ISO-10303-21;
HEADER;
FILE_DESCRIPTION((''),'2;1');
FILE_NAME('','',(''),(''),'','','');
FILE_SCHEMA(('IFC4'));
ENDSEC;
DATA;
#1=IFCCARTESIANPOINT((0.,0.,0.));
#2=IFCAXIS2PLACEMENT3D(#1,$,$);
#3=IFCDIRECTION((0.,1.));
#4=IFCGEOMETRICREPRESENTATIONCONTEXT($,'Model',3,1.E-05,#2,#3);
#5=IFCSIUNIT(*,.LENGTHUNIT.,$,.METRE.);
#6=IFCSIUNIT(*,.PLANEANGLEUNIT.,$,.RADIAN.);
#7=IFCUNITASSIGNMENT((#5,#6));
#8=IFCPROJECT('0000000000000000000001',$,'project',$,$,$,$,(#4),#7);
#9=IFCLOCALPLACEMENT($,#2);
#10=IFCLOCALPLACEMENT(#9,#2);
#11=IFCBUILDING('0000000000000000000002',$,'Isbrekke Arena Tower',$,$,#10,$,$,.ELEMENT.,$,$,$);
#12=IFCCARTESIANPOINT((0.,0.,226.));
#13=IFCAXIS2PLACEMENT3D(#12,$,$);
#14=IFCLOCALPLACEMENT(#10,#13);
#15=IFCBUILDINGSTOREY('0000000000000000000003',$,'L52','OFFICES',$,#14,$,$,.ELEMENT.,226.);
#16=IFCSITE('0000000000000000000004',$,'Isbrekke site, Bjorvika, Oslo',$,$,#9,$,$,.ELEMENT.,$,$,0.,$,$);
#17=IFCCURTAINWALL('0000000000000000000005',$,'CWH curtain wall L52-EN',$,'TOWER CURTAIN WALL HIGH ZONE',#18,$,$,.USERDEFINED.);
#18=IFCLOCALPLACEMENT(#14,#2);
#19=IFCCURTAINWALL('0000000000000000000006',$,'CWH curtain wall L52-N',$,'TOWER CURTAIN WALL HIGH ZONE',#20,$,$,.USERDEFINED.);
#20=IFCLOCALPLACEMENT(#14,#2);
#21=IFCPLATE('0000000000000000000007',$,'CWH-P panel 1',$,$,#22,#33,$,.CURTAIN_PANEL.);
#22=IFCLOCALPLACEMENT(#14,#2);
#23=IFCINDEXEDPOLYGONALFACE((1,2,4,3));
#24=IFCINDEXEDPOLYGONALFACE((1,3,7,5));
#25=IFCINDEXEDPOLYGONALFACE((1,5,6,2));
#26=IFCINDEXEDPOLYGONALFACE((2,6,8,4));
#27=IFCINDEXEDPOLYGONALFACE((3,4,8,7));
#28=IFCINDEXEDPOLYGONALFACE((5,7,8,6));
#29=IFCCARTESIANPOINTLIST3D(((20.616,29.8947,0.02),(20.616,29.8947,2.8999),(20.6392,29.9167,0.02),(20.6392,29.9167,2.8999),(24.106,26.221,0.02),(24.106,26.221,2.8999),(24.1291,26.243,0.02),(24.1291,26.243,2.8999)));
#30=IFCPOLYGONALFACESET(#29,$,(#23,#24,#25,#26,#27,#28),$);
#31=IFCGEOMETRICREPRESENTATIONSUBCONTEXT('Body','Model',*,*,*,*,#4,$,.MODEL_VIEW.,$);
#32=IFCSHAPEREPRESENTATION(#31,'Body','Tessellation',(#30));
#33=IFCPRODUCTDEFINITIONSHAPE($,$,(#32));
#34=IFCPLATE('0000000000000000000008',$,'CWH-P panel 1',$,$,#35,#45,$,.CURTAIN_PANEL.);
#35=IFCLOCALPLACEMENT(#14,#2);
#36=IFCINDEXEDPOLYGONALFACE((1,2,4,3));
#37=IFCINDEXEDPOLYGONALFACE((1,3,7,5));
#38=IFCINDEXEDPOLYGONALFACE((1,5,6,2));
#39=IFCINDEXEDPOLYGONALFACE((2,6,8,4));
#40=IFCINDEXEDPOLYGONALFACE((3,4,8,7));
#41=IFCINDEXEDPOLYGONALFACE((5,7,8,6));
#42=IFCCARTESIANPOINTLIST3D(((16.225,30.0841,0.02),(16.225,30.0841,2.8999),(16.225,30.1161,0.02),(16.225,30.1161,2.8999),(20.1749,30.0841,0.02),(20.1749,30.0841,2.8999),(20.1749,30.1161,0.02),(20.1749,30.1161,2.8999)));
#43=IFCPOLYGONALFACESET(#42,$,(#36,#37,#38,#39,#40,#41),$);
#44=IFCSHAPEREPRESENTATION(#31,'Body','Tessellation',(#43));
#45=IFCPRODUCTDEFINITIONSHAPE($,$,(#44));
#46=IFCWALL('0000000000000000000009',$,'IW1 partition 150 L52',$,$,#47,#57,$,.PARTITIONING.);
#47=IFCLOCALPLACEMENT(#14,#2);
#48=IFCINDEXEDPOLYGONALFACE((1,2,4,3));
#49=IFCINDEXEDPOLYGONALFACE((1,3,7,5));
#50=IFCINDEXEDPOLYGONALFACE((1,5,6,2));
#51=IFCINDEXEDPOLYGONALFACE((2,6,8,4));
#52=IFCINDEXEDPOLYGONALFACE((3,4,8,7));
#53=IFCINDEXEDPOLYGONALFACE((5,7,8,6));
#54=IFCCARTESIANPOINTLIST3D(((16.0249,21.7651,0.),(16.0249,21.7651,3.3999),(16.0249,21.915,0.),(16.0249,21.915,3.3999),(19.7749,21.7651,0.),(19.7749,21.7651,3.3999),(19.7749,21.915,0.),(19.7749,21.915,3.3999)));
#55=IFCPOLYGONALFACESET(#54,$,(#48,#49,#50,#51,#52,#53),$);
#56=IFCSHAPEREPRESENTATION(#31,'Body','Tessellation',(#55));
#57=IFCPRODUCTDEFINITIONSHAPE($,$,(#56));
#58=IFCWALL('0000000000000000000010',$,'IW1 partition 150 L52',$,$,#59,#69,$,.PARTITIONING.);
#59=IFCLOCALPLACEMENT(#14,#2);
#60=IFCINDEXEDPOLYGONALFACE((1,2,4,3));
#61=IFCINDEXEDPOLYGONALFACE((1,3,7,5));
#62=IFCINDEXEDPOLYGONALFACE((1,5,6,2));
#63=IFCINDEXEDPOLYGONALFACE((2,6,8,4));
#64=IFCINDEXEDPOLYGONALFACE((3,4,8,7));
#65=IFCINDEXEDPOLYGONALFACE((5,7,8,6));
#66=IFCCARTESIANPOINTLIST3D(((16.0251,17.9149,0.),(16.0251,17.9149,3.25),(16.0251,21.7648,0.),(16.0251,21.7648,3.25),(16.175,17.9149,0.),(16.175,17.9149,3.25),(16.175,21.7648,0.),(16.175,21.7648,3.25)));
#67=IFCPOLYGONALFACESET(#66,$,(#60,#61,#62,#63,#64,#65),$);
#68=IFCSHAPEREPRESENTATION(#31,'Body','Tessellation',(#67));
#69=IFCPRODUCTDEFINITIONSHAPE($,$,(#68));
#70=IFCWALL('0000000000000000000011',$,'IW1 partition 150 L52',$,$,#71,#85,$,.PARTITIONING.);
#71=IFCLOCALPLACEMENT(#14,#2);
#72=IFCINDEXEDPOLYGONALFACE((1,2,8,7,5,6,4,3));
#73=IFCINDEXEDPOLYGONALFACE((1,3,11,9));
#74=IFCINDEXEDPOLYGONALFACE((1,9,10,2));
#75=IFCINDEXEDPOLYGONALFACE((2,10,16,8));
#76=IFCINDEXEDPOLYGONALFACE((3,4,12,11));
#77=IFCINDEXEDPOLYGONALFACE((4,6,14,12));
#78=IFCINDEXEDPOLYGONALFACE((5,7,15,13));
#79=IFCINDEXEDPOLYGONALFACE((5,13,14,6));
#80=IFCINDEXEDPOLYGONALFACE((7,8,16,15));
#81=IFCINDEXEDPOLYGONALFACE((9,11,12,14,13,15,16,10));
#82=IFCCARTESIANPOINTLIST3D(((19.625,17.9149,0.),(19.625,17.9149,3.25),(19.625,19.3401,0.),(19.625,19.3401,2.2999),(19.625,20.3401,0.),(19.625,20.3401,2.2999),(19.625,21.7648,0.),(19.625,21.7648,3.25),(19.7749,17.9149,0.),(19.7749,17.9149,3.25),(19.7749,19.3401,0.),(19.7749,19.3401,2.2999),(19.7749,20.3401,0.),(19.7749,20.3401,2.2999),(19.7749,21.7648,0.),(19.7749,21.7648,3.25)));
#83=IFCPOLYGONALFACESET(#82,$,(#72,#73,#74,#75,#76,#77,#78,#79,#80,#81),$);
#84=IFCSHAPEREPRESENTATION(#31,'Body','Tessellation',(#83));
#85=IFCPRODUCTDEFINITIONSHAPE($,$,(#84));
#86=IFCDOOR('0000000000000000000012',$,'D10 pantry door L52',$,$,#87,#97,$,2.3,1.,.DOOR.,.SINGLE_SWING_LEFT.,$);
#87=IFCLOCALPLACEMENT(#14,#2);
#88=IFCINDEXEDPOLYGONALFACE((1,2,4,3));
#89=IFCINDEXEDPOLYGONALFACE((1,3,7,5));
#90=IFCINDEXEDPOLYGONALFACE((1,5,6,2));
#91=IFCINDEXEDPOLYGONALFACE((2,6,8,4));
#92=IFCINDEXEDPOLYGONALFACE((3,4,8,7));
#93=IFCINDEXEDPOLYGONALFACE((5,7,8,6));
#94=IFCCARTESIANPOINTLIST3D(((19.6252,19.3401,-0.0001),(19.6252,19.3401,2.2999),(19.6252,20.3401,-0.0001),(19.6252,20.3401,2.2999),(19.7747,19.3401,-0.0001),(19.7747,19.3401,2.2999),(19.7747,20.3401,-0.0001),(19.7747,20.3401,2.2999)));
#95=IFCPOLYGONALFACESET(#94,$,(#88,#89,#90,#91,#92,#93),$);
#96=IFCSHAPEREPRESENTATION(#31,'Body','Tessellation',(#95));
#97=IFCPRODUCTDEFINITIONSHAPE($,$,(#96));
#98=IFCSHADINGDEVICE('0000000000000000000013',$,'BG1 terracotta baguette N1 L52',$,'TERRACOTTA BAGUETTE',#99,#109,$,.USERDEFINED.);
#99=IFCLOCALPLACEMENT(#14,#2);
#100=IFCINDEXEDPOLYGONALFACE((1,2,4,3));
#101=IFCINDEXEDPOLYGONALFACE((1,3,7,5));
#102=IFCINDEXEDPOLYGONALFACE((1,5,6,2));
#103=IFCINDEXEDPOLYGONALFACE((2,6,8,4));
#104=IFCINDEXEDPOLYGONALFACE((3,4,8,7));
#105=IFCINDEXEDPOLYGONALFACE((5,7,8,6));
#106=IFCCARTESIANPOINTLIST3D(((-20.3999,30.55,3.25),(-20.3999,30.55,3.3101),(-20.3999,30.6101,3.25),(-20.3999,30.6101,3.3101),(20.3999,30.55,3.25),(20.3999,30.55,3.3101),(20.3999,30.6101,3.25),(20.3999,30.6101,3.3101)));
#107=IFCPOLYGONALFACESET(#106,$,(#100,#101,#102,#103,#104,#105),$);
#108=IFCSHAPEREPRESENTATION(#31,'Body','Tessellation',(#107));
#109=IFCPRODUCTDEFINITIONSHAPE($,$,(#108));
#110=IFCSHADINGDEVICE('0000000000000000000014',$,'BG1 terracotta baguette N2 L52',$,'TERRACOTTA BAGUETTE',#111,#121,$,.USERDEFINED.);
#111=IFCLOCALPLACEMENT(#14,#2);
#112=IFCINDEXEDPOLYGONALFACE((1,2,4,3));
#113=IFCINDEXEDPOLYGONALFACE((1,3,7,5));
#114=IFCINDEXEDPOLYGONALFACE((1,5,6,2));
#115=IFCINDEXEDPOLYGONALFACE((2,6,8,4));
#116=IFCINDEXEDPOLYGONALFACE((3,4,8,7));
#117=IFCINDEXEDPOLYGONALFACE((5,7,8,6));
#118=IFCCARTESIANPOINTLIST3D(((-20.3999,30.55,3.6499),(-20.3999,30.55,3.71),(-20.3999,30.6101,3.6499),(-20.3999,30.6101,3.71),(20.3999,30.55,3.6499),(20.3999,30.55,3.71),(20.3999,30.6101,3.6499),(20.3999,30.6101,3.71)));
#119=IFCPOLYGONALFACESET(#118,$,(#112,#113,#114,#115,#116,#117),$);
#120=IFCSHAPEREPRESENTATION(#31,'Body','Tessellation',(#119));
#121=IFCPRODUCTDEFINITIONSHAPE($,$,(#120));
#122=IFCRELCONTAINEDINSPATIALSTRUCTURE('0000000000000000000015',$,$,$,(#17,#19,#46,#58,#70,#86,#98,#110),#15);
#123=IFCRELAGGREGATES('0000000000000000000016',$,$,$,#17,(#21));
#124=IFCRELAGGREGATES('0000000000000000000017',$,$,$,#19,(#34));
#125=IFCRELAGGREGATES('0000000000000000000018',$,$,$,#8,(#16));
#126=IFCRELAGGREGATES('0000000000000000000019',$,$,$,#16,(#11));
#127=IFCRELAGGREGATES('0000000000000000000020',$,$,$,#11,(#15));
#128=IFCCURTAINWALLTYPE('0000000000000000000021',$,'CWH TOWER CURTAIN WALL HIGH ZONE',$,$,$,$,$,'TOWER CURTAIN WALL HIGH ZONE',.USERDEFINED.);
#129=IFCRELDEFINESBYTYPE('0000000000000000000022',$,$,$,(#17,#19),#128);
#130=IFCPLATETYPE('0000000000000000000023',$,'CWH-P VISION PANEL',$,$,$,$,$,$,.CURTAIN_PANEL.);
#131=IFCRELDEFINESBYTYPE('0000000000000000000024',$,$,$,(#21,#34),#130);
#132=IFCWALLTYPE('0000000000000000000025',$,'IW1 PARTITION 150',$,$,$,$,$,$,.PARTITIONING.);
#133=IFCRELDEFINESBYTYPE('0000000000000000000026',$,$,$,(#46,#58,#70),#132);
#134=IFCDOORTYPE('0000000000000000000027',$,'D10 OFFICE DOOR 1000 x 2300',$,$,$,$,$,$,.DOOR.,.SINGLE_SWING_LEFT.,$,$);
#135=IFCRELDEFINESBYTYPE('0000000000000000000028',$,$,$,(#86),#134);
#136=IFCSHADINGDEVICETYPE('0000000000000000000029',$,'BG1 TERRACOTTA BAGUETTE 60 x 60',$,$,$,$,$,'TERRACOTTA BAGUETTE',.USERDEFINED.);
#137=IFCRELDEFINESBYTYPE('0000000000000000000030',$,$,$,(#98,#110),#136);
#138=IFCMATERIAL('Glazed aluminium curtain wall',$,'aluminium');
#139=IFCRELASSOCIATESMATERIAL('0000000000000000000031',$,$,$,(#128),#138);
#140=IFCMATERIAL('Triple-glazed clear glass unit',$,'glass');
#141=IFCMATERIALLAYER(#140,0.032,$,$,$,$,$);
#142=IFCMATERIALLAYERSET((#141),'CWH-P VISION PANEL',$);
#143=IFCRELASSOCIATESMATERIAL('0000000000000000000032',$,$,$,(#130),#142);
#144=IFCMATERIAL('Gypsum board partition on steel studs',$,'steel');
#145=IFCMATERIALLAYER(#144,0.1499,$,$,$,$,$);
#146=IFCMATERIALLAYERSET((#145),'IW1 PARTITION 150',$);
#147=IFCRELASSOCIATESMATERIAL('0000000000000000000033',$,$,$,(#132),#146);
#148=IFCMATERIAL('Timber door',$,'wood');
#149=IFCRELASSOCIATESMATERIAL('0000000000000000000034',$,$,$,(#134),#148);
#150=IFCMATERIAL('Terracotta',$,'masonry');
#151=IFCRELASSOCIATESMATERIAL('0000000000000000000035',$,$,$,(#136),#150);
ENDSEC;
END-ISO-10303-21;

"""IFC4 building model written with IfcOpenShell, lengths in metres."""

from ifc_helpers import new_model, si_unit, direction, frame, frame_2d, origin, origin_2d, place, context, subcontext, project, spatial, rectangle, extrude, material, layer, layer_set, material_profile, profile_set, type_object, element, fill, aggregate, save


model = new_model("IFC4")

# Units and contexts
model_context = context("Model", 3, precision=1e-05, world=origin(), true_north=direction((0.0, 1.0)))
body_context = subcontext(model_context, "Body", "Model", "MODEL_VIEW")
ifc_project = project(units=[si_unit("LENGTHUNIT", "METRE"), si_unit("PLANEANGLEUNIT", "RADIAN")], contexts=[model_context])

# Site, building, storey
site_placement = place(None, origin())
site = spatial("IfcSite", under=ifc_project, at=site_placement, Name="Isbrekke site, Bjorvika, Oslo", CompositionType="ELEMENT", RefElevation=0.0)
building_placement = place(site_placement, origin())
building = spatial("IfcBuilding", under=site, at=building_placement, Name="Isbrekke Arena Tower", CompositionType="ELEMENT")
storey_placement = place(building_placement, frame((0.0, 0.0, 226.0)))
storey = spatial("IfcBuildingStorey", under=building, at=storey_placement, Name="L52", Description="OFFICES", CompositionType="ELEMENT", Elevation=226.0)

# Shared definitions
ifc_material_1 = material(Name="Glazed aluminium curtain wall", Category="aluminium")
curtain_wall_type = type_object("IfcCurtainWallType", Name="CWH TOWER CURTAIN WALL HIGH ZONE", ElementType="TOWER CURTAIN WALL HIGH ZONE", PredefinedType="USERDEFINED", material=ifc_material_1)

# Curtain wall
curtain_wall_1_placement = place(storey_placement, origin())
curtain_wall_1 = element("IfcCurtainWall", 1, at=curtain_wall_1_placement, inside=storey, type_object=curtain_wall_type, Name="CWH curtain wall L52-EN", ObjectType="TOWER CURTAIN WALL HIGH ZONE", PredefinedType="USERDEFINED")

# Curtain wall
curtain_wall_2_placement = place(storey_placement, origin())
curtain_wall_2 = element("IfcCurtainWall", 2, at=curtain_wall_2_placement, inside=storey, type_object=curtain_wall_type, Name="CWH curtain wall L52-N", ObjectType="TOWER CURTAIN WALL HIGH ZONE", PredefinedType="USERDEFINED")

# Plates
ifc_material_2 = material(Name="Triple-glazed clear glass unit", Category="glass")
ifc_layer_1 = layer(ifc_material_2, 0.032)
ifc_layer_set_1 = layer_set([ifc_layer_1], Name="CWH-P VISION PANEL")
plate_type = type_object("IfcPlateType", Name="CWH-P VISION PANEL", PredefinedType="CURTAIN_PANEL", material=ifc_layer_set_1)
plate_1_placement = place(storey_placement, frame((22.3726, 28.0688, 0.02), z_axis=(0.0, 0.0, 1.0), x_axis=(-0.688749, 0.724999, 0.0)))
plate_1 = element("IfcPlate", 3, at=plate_1_placement, type_object=plate_type, Name="CWH-P panel 1", PredefinedType="CURTAIN_PANEL", context=body_context, shape_type="SweptSolid", body=[
    extrude(rectangle(XDim=5.0671, YDim=0.032, at=origin_2d()), origin(), (0.0, 0.0, 1.0), 2.8799),
])
aggregate(curtain_wall_1, [plate_1])
plate_2_placement = place(storey_placement, frame((18.2, 30.1001, 0.02), z_axis=(0.0, 0.0, 1.0), x_axis=(-1.0, 0.0, 0.0)))
plate_2 = element("IfcPlate", 4, at=plate_2_placement, type_object=plate_type, Name="CWH-P panel 1", PredefinedType="CURTAIN_PANEL", context=body_context, shape_type="SweptSolid", body=[
    extrude(rectangle(XDim=3.95, YDim=0.032, at=origin_2d()), origin(), (0.0, 0.0, 1.0), 2.8799),
])
aggregate(curtain_wall_2, [plate_2])

# Walls
ifc_material_3 = material(Name="Gypsum board partition on steel studs", Category="steel")
ifc_layer_2 = layer(ifc_material_3, 0.1499)
ifc_layer_set_2 = layer_set([ifc_layer_2], Name="IW1 PARTITION 150")
wall_type_1 = type_object("IfcWallType", Name="IW1 PARTITION 150", PredefinedType="PARTITIONING", material=ifc_layer_set_2)
wall_1_placement = place(storey_placement, frame((16.0249, 21.8401, 0.0), z_axis=(0.0, 0.0, 1.0), x_axis=(1.0, 0.0, 0.0)))
element("IfcWall", 5, at=wall_1_placement, inside=storey, type_object=wall_type_1, Name="IW1 partition 150 L52", PredefinedType="PARTITIONING", context=body_context, shape_type="SweptSolid", body=[
    extrude(rectangle(XDim=3.75, YDim=0.1499, at=frame_2d((1.875, 0.0))), origin(), (0.0, 0.0, 1.0), 3.3999),
])
wall_2_placement = place(storey_placement, frame((16.1001, 17.915, 0.0), z_axis=(0.0, 0.0, 1.0), x_axis=(0.0, 1.0, 0.0)))
element("IfcWall", 6, at=wall_2_placement, inside=storey, type_object=wall_type_1, Name="IW1 partition 150 L52", PredefinedType="PARTITIONING", context=body_context, shape_type="SweptSolid", body=[
    extrude(rectangle(XDim=3.8499, YDim=0.1499, at=frame_2d((1.9248, 0.0))), origin(), (0.0, 0.0, 1.0), 3.25),
])

# Wall, opening, door
wall_3_placement = place(storey_placement, frame((19.7, 17.915, 0.0), z_axis=(0.0, 0.0, 1.0), x_axis=(0.0, 1.0, 0.0)))
wall_3 = element("IfcWall", 7, at=wall_3_placement, inside=storey, type_object=wall_type_1, Name="IW1 partition 150 L52", PredefinedType="PARTITIONING", context=body_context, shape_type="SweptSolid", body=[
    extrude(rectangle(XDim=3.8499, YDim=0.1499, at=frame_2d((1.9248, 0.0))), origin(), (0.0, 0.0, 1.0), 3.25),
])
opening_1_placement = place(wall_3_placement, frame((1.425, 0.0, 0.0)))
opening_1 = element("IfcOpeningElement", 8, at=opening_1_placement, cuts=wall_3, PredefinedType="OPENING", context=body_context, shape_type="SweptSolid", body=[
    extrude(rectangle(XDim=1.0, YDim=2.3, at=frame_2d((0.5, 1.1499))), frame((0.0, 0.0898, 0.0), z_axis=(0.0, -1.0, 0.0), x_axis=(1.0, 0.0, 0.0)), (0.0, 0.0, 1.0), 0.1797),
])
ifc_material_4 = material(Name="Timber door", Category="wood")
door_type_1 = type_object("IfcDoorType", Name="D10 OFFICE DOOR 1000 x 2300", OperationType="SINGLE_SWING_LEFT", PredefinedType="DOOR", material=ifc_material_4)
door_1_placement = place(opening_1_placement, origin())
door_1 = element("IfcDoor", 9, at=door_1_placement, inside=storey, type_object=door_type_1, Name="D10 pantry door L52", OperationType="SINGLE_SWING_LEFT", OverallHeight=2.3, OverallWidth=1.0, PredefinedType="DOOR", context=body_context, shape_type="SweptSolid", body=[
    extrude(rectangle(XDim=1.0, YDim=2.3, at=frame_2d((0.5, 1.1499))), frame((0.0, 0.0747, 0.0), z_axis=(0.0, -1.0, 0.0), x_axis=(1.0, 0.0, 0.0)), (0.0, 0.0, 1.0), 0.1494),
])
fill(opening_1, door_1)

# Shading devices
ifc_material_5 = material(Name="Terracotta", Category="masonry")
ifc_material_profile_1 = material_profile(ifc_material_5, rectangle(XDim=0.0601, YDim=0.0601, at=origin_2d()), Name="BAGUETTE 60X60")
ifc_profile_set_1 = profile_set([ifc_material_profile_1], Name="Terracotta")
shading_device_type = type_object("IfcShadingDeviceType", Name="BG1 TERRACOTTA BAGUETTE 60 x 60", ElementType="TERRACOTTA BAGUETTE", PredefinedType="USERDEFINED", material=ifc_profile_set_1)
for number, where, z_axis, x_axis, name in (
    (10, (20.3999, 30.5801, 3.28), (-1.0, 0.0, 0.0), (0.0, -1.0, 0.0), "BG1 terracotta baguette N1 L52"),
    (11, (20.3999, 30.5801, 3.6799), (-1.0, 0.0, 0.0), (0.0, -1.0, 0.0), "BG1 terracotta baguette N2 L52"),
):
    element("IfcShadingDevice", number, at=place(storey_placement, frame(where, z_axis=z_axis, x_axis=x_axis)), inside=storey, type_object=shading_device_type, Name=name, ObjectType="TERRACOTTA BAGUETTE", PredefinedType="USERDEFINED", context=body_context, shape_type="SweptSolid", body=[
        extrude(rectangle(XDim=0.0601, YDim=0.0601, at=origin_2d()), origin(), (0.0, 0.0, 1.0), 40.7998),
    ])

save(model, "model.ifc")
